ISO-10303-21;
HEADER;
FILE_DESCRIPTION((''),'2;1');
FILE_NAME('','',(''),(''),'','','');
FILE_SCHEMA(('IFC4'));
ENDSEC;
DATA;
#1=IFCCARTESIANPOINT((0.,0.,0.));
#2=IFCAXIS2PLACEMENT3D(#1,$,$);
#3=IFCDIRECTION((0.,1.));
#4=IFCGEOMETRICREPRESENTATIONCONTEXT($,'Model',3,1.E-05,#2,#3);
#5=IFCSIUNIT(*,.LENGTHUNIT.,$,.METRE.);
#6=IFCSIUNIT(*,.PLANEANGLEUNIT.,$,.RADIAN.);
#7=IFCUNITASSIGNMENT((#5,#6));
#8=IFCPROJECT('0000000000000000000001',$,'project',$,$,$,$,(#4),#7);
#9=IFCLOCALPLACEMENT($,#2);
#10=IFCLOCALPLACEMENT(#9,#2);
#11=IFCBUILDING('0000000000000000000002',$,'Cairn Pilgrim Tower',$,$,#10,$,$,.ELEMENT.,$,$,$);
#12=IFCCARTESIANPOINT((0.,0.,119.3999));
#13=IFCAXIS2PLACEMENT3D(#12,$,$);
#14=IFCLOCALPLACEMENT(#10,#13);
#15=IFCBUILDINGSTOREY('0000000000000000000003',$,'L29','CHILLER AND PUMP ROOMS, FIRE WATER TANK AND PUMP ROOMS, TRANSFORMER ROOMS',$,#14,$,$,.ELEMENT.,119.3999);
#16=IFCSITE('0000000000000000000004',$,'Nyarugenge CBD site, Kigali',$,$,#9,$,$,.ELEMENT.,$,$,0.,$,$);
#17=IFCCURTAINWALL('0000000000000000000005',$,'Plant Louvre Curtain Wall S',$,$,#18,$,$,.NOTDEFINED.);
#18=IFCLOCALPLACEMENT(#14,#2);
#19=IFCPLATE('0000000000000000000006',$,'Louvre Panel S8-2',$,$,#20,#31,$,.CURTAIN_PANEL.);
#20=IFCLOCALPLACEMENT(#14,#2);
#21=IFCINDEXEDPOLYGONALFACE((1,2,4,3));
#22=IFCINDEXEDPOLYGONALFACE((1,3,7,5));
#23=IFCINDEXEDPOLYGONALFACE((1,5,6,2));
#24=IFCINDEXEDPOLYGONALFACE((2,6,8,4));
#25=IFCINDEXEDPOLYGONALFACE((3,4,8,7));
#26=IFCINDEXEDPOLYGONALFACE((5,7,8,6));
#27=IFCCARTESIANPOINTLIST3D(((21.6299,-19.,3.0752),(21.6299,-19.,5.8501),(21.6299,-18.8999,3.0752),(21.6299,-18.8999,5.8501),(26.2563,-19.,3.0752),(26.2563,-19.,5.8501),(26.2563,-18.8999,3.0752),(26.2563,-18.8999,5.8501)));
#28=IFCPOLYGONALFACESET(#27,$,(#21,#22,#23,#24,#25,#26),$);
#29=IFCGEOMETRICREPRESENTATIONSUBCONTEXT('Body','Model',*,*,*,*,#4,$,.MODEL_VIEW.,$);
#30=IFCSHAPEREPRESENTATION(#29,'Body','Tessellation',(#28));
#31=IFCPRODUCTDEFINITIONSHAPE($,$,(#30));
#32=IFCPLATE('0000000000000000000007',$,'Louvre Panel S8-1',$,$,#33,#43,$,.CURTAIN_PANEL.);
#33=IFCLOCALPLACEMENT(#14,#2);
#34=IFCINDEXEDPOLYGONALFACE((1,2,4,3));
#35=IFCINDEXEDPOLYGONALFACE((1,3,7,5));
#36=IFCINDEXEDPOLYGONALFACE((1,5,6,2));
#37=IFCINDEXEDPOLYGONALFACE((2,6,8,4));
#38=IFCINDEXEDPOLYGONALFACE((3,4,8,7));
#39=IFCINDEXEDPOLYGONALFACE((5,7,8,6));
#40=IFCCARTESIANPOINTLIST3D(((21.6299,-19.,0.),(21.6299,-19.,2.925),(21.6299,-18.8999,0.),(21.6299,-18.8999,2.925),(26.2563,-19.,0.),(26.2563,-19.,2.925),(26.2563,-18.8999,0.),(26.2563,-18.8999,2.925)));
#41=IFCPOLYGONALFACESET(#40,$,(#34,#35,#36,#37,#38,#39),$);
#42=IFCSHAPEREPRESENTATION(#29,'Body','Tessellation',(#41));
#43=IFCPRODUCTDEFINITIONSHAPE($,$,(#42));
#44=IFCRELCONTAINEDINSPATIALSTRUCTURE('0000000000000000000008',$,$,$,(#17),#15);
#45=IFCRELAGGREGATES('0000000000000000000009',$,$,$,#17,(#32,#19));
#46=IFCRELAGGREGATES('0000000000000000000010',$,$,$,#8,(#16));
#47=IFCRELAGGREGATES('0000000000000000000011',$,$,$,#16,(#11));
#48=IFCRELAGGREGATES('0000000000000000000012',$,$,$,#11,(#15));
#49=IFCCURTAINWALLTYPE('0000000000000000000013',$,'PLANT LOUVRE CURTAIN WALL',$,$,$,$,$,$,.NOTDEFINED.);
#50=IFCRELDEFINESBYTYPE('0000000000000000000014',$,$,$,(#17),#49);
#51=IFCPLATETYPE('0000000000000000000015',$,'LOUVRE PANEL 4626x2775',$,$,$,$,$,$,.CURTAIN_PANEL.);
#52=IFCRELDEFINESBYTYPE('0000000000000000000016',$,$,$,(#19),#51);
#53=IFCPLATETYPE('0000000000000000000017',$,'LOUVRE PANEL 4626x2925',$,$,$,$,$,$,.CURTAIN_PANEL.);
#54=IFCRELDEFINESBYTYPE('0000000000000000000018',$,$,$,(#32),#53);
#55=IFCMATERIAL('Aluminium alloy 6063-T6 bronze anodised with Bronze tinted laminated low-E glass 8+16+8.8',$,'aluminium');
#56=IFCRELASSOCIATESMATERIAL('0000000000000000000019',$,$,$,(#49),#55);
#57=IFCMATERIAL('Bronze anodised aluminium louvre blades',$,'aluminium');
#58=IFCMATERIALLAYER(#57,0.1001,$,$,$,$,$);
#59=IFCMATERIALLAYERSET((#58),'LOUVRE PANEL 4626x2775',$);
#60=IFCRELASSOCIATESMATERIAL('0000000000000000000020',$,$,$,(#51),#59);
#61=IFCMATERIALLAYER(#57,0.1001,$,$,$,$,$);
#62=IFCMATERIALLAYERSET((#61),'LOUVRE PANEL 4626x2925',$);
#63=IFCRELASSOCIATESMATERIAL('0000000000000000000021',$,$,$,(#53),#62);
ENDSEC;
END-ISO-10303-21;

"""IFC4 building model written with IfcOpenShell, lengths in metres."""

from ifc_helpers import new_model, si_unit, direction, frame, origin, origin_2d, place, context, subcontext, project, spatial, rectangle, extrude, material, layer, layer_set, type_object, element, aggregate, save


model = new_model("IFC4")

# Units and contexts
model_context = context("Model", 3, precision=1e-05, world=origin(), true_north=direction((0.0, 1.0)))
body_context = subcontext(model_context, "Body", "Model", "MODEL_VIEW")
ifc_project = project(units=[si_unit("LENGTHUNIT", "METRE"), si_unit("PLANEANGLEUNIT", "RADIAN")], contexts=[model_context])

# Site, building, storey
site_placement = place(None, origin())
site = spatial("IfcSite", under=ifc_project, at=site_placement, Name="Nyarugenge CBD site, Kigali", CompositionType="ELEMENT", RefElevation=0.0)
building_placement = place(site_placement, origin())
building = spatial("IfcBuilding", under=site, at=building_placement, Name="Cairn Pilgrim Tower", CompositionType="ELEMENT")
storey_placement = place(building_placement, frame((0.0, 0.0, 119.3999)))
storey = spatial("IfcBuildingStorey", under=building, at=storey_placement, Name="L29", Description="CHILLER AND PUMP ROOMS, FIRE WATER TANK AND PUMP ROOMS, TRANSFORMER ROOMS", CompositionType="ELEMENT", Elevation=119.3999)

# Curtain wall
ifc_material_1 = material(Name="Aluminium alloy 6063-T6 bronze anodised with Bronze tinted laminated low-E glass 8+16+8.8", Category="aluminium")
curtain_wall_type = type_object("IfcCurtainWallType", Name="PLANT LOUVRE CURTAIN WALL", PredefinedType="NOTDEFINED", material=ifc_material_1)
curtain_wall_1_placement = place(storey_placement, origin())
curtain_wall_1 = element("IfcCurtainWall", 1, at=curtain_wall_1_placement, inside=storey, type_object=curtain_wall_type, Name="Plant Louvre Curtain Wall S", PredefinedType="NOTDEFINED")

# Plates
ifc_material_2 = material(Name="Bronze anodised aluminium louvre blades", Category="aluminium")
ifc_layer_1 = layer(ifc_material_2, 0.1001)
ifc_layer_set_1 = layer_set([ifc_layer_1], Name="LOUVRE PANEL 4626x2775")
plate_type_1 = type_object("IfcPlateType", Name="LOUVRE PANEL 4626x2775", PredefinedType="CURTAIN_PANEL", material=ifc_layer_set_1)
plate_1_placement = place(storey_placement, frame((23.9431, -18.95, 3.0752), z_axis=(0.0, 0.0, 1.0), x_axis=(1.0, 0.0, 0.0)))
plate_1 = element("IfcPlate", 2, at=plate_1_placement, type_object=plate_type_1, Name="Louvre Panel S8-2", PredefinedType="CURTAIN_PANEL", context=body_context, shape_type="SweptSolid", body=[
    extrude(rectangle(XDim=4.6265, YDim=0.1001, at=origin_2d()), origin(), (0.0, 0.0, 1.0), 2.7749),
])
ifc_layer_2 = layer(ifc_material_2, 0.1001)
ifc_layer_set_2 = layer_set([ifc_layer_2], Name="LOUVRE PANEL 4626x2925")
plate_type_2 = type_object("IfcPlateType", Name="LOUVRE PANEL 4626x2925", PredefinedType="CURTAIN_PANEL", material=ifc_layer_set_2)
plate_2_placement = place(storey_placement, frame((23.9431, -18.95, 0.0), z_axis=(0.0, 0.0, 1.0), x_axis=(1.0, 0.0, 0.0)))
plate_2 = element("IfcPlate", 3, at=plate_2_placement, type_object=plate_type_2, Name="Louvre Panel S8-1", PredefinedType="CURTAIN_PANEL", context=body_context, shape_type="SweptSolid", body=[
    extrude(rectangle(XDim=4.6265, YDim=0.1001, at=origin_2d()), origin(), (0.0, 0.0, 1.0), 2.925),
])
aggregate(curtain_wall_1, [plate_2, plate_1])

save(model, "model.ifc")
